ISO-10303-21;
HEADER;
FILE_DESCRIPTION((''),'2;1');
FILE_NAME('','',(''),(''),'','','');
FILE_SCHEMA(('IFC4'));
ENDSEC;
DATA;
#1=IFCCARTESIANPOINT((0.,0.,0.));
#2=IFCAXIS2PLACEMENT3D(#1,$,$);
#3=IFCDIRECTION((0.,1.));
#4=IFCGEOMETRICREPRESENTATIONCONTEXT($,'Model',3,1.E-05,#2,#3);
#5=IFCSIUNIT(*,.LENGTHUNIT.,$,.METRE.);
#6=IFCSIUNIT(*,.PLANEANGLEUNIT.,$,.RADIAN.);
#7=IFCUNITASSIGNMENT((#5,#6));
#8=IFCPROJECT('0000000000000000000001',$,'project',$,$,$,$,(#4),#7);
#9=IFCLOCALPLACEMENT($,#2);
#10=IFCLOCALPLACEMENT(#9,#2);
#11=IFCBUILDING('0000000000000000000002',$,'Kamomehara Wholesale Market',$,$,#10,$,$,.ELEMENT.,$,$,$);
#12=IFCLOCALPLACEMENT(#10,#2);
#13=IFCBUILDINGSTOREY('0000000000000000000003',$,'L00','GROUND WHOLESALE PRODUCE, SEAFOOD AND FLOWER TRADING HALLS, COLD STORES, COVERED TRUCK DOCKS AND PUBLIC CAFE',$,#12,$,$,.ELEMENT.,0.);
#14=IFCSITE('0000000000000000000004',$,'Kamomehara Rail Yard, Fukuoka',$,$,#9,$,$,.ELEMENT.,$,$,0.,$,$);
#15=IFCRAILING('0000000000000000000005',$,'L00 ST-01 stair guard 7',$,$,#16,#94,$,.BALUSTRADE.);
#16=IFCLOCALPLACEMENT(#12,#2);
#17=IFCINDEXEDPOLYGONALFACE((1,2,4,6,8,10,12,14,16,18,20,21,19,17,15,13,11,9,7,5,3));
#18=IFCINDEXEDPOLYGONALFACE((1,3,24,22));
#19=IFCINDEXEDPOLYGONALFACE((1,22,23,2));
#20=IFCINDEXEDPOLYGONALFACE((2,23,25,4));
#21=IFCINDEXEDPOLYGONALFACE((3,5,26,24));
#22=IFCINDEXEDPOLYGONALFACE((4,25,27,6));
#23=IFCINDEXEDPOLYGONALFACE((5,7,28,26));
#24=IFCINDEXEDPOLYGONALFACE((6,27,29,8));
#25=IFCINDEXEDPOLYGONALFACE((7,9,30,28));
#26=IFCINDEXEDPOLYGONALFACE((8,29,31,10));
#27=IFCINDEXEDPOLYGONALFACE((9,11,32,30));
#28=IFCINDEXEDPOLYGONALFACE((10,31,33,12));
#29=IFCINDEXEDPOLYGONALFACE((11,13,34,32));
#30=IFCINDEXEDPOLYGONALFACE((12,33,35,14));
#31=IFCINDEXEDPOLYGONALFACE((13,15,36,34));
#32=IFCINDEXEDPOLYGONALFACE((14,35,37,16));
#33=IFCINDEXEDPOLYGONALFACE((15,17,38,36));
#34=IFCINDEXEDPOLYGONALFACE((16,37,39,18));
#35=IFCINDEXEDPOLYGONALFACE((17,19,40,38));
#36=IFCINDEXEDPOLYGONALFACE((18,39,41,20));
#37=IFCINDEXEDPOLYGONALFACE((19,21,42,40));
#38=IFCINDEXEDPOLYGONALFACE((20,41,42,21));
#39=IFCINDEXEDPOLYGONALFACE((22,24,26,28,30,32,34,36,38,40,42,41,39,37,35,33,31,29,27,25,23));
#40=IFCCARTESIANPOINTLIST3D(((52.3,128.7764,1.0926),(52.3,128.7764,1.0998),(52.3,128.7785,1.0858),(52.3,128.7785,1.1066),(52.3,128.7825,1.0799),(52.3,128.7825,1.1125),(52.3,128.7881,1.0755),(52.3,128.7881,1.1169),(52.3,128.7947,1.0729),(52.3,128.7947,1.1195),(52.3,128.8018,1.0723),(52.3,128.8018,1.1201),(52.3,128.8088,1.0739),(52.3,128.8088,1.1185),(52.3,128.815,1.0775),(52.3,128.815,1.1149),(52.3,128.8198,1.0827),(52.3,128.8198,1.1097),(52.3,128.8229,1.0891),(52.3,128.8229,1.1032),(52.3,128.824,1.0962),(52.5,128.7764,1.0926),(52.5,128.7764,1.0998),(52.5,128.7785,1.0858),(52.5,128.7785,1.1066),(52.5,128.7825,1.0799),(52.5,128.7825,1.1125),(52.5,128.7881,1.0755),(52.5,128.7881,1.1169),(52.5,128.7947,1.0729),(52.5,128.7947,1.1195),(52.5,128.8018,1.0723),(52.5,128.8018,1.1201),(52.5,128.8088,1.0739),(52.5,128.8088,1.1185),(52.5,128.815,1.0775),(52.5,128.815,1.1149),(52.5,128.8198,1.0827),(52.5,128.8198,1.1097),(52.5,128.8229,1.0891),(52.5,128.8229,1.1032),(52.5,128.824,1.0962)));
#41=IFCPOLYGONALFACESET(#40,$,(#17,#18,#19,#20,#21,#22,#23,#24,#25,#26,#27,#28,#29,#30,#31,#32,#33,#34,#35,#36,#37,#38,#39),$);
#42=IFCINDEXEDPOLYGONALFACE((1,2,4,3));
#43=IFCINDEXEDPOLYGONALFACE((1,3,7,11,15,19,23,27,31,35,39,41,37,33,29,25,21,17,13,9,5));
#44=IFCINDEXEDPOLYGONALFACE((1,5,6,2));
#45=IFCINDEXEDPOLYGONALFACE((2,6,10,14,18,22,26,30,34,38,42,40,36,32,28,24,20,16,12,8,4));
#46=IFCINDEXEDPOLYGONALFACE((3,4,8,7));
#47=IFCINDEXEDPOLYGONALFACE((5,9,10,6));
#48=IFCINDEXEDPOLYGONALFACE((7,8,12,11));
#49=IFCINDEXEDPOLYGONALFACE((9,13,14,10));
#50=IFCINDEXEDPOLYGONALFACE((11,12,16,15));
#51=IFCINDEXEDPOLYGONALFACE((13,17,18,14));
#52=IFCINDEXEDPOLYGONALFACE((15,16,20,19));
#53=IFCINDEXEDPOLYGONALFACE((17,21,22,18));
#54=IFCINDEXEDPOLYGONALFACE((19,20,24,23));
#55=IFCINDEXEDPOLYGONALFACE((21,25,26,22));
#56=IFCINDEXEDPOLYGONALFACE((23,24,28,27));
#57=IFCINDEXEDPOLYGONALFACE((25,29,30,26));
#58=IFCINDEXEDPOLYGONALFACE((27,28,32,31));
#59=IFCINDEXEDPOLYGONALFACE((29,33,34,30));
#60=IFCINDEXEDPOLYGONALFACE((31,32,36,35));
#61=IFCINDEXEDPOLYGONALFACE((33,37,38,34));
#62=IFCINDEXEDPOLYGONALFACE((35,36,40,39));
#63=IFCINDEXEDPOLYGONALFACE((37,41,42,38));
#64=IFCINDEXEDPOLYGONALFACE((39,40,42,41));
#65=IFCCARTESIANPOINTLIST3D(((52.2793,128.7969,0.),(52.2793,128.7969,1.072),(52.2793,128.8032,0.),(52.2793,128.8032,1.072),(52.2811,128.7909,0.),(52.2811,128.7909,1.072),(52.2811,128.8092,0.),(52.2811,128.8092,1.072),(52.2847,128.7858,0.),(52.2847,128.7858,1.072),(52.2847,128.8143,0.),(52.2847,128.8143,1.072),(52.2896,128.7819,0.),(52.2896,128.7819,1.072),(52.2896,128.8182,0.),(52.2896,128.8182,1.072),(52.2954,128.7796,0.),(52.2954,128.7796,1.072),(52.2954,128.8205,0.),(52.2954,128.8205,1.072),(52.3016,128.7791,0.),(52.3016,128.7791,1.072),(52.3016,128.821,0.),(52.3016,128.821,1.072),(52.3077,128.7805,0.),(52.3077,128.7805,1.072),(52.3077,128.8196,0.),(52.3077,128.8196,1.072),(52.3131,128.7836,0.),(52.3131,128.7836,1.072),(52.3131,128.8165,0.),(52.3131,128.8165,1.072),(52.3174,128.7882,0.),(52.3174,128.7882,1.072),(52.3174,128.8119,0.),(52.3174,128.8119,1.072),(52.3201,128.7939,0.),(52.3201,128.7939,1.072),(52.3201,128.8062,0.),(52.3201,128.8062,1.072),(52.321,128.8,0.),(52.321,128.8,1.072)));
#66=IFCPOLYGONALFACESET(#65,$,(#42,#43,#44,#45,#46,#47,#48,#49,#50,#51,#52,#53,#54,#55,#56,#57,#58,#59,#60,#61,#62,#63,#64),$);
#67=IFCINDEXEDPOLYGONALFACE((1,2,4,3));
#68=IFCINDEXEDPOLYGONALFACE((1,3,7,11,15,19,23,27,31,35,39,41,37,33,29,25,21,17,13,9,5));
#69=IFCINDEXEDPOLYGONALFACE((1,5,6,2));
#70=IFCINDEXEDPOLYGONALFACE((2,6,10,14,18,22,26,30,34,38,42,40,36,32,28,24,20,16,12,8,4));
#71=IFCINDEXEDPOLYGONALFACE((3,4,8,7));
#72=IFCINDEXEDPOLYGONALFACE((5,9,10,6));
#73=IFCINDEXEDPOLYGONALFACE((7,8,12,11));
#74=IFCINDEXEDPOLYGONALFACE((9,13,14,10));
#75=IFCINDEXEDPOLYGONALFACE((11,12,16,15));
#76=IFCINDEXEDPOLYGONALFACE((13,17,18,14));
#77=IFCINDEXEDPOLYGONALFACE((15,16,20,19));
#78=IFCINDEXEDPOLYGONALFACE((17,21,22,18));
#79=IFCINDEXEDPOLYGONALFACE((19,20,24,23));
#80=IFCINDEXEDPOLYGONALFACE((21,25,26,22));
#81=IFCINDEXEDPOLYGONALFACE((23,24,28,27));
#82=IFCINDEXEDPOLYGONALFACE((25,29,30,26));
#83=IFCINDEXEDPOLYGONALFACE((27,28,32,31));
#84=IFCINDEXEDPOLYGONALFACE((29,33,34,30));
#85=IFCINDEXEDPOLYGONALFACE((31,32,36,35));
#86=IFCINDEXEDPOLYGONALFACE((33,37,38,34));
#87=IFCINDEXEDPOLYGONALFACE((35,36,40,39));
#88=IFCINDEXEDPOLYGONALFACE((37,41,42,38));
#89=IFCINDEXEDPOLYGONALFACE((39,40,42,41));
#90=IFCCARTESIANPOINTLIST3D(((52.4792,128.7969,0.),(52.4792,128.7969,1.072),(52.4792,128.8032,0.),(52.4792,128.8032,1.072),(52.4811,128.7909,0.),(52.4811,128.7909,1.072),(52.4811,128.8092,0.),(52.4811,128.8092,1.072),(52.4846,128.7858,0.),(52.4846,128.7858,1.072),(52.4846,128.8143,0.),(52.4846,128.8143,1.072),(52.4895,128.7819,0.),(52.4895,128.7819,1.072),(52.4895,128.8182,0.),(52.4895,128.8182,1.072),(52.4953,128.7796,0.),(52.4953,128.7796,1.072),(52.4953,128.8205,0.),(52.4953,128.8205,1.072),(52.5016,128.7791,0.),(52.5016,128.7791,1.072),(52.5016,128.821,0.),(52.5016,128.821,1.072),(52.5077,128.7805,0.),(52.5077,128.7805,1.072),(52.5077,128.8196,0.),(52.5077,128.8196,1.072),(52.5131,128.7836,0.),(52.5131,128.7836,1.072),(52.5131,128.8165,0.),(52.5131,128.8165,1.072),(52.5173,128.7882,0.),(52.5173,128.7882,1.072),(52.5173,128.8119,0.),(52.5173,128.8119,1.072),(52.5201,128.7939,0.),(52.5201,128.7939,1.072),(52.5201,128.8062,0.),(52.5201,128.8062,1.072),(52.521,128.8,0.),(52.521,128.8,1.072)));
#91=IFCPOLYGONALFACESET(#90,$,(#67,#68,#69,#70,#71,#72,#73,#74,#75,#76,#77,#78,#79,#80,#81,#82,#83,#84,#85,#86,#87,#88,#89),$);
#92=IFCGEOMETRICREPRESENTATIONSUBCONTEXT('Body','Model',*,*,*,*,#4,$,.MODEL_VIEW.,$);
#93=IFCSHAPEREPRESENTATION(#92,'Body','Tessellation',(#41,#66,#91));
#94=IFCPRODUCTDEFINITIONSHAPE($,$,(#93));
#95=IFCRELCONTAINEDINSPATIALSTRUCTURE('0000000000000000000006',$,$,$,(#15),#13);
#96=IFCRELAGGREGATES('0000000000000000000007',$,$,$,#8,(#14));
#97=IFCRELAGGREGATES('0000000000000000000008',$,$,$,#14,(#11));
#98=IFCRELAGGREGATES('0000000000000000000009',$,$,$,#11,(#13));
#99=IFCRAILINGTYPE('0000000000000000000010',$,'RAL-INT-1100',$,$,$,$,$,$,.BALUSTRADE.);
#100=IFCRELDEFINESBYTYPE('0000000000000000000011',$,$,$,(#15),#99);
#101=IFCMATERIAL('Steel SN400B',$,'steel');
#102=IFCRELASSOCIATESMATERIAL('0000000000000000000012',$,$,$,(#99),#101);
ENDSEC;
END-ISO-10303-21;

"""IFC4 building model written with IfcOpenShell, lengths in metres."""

from ifc_helpers import new_model, si_unit, direction, frame, origin, origin_2d, place, context, subcontext, project, spatial, circle, extrude, material, type_object, element, save


model = new_model("IFC4")

# Units and contexts
model_context = context("Model", 3, precision=1e-05, world=origin(), true_north=direction((0.0, 1.0)))
body_context = subcontext(model_context, "Body", "Model", "MODEL_VIEW")
ifc_project = project(units=[si_unit("LENGTHUNIT", "METRE"), si_unit("PLANEANGLEUNIT", "RADIAN")], contexts=[model_context])

# Site, building, storey
site_placement = place(None, origin())
site = spatial("IfcSite", under=ifc_project, at=site_placement, Name="Kamomehara Rail Yard, Fukuoka", CompositionType="ELEMENT", RefElevation=0.0)
building_placement = place(site_placement, origin())
building = spatial("IfcBuilding", under=site, at=building_placement, Name="Kamomehara Wholesale Market", CompositionType="ELEMENT")
storey_placement = place(building_placement, origin())
storey = spatial("IfcBuildingStorey", under=building, at=storey_placement, Name="L00", Description="GROUND WHOLESALE PRODUCE, SEAFOOD AND FLOWER TRADING HALLS, COLD STORES, COVERED TRUCK DOCKS AND PUBLIC CAFE", CompositionType="ELEMENT", Elevation=0.0)

# Railing
ifc_material_1 = material(Name="Steel SN400B", Category="steel")
railing_type_1 = type_object("IfcRailingType", Name="RAL-INT-1100", PredefinedType="BALUSTRADE", material=ifc_material_1)
railing_1_placement = place(storey_placement, frame((52.3, 128.8, 0.0)))
element("IfcRailing", 1, at=railing_1_placement, inside=storey, type_object=railing_type_1, Name="L00 ST-01 stair guard 7", PredefinedType="BALUSTRADE", context=body_context, shape_type="SweptSolid", body=[
    extrude(circle(Radius=0.0239, at=origin_2d()), frame((0.0, 0.0, 1.0962), z_axis=(1.0, 0.0, 0.0), x_axis=(0.0, 1.0, 0.0)), (0.0, 0.0, 1.0), 0.2),
    extrude(circle(Radius=0.021, at=origin_2d()), origin(), (0.0, 0.0, 1.0), 1.072),
    extrude(circle(Radius=0.021, at=origin_2d()), frame((0.2, 0.0, 0.0)), (0.0, 0.0, 1.0), 1.072),
])

save(model, "model.ifc")
